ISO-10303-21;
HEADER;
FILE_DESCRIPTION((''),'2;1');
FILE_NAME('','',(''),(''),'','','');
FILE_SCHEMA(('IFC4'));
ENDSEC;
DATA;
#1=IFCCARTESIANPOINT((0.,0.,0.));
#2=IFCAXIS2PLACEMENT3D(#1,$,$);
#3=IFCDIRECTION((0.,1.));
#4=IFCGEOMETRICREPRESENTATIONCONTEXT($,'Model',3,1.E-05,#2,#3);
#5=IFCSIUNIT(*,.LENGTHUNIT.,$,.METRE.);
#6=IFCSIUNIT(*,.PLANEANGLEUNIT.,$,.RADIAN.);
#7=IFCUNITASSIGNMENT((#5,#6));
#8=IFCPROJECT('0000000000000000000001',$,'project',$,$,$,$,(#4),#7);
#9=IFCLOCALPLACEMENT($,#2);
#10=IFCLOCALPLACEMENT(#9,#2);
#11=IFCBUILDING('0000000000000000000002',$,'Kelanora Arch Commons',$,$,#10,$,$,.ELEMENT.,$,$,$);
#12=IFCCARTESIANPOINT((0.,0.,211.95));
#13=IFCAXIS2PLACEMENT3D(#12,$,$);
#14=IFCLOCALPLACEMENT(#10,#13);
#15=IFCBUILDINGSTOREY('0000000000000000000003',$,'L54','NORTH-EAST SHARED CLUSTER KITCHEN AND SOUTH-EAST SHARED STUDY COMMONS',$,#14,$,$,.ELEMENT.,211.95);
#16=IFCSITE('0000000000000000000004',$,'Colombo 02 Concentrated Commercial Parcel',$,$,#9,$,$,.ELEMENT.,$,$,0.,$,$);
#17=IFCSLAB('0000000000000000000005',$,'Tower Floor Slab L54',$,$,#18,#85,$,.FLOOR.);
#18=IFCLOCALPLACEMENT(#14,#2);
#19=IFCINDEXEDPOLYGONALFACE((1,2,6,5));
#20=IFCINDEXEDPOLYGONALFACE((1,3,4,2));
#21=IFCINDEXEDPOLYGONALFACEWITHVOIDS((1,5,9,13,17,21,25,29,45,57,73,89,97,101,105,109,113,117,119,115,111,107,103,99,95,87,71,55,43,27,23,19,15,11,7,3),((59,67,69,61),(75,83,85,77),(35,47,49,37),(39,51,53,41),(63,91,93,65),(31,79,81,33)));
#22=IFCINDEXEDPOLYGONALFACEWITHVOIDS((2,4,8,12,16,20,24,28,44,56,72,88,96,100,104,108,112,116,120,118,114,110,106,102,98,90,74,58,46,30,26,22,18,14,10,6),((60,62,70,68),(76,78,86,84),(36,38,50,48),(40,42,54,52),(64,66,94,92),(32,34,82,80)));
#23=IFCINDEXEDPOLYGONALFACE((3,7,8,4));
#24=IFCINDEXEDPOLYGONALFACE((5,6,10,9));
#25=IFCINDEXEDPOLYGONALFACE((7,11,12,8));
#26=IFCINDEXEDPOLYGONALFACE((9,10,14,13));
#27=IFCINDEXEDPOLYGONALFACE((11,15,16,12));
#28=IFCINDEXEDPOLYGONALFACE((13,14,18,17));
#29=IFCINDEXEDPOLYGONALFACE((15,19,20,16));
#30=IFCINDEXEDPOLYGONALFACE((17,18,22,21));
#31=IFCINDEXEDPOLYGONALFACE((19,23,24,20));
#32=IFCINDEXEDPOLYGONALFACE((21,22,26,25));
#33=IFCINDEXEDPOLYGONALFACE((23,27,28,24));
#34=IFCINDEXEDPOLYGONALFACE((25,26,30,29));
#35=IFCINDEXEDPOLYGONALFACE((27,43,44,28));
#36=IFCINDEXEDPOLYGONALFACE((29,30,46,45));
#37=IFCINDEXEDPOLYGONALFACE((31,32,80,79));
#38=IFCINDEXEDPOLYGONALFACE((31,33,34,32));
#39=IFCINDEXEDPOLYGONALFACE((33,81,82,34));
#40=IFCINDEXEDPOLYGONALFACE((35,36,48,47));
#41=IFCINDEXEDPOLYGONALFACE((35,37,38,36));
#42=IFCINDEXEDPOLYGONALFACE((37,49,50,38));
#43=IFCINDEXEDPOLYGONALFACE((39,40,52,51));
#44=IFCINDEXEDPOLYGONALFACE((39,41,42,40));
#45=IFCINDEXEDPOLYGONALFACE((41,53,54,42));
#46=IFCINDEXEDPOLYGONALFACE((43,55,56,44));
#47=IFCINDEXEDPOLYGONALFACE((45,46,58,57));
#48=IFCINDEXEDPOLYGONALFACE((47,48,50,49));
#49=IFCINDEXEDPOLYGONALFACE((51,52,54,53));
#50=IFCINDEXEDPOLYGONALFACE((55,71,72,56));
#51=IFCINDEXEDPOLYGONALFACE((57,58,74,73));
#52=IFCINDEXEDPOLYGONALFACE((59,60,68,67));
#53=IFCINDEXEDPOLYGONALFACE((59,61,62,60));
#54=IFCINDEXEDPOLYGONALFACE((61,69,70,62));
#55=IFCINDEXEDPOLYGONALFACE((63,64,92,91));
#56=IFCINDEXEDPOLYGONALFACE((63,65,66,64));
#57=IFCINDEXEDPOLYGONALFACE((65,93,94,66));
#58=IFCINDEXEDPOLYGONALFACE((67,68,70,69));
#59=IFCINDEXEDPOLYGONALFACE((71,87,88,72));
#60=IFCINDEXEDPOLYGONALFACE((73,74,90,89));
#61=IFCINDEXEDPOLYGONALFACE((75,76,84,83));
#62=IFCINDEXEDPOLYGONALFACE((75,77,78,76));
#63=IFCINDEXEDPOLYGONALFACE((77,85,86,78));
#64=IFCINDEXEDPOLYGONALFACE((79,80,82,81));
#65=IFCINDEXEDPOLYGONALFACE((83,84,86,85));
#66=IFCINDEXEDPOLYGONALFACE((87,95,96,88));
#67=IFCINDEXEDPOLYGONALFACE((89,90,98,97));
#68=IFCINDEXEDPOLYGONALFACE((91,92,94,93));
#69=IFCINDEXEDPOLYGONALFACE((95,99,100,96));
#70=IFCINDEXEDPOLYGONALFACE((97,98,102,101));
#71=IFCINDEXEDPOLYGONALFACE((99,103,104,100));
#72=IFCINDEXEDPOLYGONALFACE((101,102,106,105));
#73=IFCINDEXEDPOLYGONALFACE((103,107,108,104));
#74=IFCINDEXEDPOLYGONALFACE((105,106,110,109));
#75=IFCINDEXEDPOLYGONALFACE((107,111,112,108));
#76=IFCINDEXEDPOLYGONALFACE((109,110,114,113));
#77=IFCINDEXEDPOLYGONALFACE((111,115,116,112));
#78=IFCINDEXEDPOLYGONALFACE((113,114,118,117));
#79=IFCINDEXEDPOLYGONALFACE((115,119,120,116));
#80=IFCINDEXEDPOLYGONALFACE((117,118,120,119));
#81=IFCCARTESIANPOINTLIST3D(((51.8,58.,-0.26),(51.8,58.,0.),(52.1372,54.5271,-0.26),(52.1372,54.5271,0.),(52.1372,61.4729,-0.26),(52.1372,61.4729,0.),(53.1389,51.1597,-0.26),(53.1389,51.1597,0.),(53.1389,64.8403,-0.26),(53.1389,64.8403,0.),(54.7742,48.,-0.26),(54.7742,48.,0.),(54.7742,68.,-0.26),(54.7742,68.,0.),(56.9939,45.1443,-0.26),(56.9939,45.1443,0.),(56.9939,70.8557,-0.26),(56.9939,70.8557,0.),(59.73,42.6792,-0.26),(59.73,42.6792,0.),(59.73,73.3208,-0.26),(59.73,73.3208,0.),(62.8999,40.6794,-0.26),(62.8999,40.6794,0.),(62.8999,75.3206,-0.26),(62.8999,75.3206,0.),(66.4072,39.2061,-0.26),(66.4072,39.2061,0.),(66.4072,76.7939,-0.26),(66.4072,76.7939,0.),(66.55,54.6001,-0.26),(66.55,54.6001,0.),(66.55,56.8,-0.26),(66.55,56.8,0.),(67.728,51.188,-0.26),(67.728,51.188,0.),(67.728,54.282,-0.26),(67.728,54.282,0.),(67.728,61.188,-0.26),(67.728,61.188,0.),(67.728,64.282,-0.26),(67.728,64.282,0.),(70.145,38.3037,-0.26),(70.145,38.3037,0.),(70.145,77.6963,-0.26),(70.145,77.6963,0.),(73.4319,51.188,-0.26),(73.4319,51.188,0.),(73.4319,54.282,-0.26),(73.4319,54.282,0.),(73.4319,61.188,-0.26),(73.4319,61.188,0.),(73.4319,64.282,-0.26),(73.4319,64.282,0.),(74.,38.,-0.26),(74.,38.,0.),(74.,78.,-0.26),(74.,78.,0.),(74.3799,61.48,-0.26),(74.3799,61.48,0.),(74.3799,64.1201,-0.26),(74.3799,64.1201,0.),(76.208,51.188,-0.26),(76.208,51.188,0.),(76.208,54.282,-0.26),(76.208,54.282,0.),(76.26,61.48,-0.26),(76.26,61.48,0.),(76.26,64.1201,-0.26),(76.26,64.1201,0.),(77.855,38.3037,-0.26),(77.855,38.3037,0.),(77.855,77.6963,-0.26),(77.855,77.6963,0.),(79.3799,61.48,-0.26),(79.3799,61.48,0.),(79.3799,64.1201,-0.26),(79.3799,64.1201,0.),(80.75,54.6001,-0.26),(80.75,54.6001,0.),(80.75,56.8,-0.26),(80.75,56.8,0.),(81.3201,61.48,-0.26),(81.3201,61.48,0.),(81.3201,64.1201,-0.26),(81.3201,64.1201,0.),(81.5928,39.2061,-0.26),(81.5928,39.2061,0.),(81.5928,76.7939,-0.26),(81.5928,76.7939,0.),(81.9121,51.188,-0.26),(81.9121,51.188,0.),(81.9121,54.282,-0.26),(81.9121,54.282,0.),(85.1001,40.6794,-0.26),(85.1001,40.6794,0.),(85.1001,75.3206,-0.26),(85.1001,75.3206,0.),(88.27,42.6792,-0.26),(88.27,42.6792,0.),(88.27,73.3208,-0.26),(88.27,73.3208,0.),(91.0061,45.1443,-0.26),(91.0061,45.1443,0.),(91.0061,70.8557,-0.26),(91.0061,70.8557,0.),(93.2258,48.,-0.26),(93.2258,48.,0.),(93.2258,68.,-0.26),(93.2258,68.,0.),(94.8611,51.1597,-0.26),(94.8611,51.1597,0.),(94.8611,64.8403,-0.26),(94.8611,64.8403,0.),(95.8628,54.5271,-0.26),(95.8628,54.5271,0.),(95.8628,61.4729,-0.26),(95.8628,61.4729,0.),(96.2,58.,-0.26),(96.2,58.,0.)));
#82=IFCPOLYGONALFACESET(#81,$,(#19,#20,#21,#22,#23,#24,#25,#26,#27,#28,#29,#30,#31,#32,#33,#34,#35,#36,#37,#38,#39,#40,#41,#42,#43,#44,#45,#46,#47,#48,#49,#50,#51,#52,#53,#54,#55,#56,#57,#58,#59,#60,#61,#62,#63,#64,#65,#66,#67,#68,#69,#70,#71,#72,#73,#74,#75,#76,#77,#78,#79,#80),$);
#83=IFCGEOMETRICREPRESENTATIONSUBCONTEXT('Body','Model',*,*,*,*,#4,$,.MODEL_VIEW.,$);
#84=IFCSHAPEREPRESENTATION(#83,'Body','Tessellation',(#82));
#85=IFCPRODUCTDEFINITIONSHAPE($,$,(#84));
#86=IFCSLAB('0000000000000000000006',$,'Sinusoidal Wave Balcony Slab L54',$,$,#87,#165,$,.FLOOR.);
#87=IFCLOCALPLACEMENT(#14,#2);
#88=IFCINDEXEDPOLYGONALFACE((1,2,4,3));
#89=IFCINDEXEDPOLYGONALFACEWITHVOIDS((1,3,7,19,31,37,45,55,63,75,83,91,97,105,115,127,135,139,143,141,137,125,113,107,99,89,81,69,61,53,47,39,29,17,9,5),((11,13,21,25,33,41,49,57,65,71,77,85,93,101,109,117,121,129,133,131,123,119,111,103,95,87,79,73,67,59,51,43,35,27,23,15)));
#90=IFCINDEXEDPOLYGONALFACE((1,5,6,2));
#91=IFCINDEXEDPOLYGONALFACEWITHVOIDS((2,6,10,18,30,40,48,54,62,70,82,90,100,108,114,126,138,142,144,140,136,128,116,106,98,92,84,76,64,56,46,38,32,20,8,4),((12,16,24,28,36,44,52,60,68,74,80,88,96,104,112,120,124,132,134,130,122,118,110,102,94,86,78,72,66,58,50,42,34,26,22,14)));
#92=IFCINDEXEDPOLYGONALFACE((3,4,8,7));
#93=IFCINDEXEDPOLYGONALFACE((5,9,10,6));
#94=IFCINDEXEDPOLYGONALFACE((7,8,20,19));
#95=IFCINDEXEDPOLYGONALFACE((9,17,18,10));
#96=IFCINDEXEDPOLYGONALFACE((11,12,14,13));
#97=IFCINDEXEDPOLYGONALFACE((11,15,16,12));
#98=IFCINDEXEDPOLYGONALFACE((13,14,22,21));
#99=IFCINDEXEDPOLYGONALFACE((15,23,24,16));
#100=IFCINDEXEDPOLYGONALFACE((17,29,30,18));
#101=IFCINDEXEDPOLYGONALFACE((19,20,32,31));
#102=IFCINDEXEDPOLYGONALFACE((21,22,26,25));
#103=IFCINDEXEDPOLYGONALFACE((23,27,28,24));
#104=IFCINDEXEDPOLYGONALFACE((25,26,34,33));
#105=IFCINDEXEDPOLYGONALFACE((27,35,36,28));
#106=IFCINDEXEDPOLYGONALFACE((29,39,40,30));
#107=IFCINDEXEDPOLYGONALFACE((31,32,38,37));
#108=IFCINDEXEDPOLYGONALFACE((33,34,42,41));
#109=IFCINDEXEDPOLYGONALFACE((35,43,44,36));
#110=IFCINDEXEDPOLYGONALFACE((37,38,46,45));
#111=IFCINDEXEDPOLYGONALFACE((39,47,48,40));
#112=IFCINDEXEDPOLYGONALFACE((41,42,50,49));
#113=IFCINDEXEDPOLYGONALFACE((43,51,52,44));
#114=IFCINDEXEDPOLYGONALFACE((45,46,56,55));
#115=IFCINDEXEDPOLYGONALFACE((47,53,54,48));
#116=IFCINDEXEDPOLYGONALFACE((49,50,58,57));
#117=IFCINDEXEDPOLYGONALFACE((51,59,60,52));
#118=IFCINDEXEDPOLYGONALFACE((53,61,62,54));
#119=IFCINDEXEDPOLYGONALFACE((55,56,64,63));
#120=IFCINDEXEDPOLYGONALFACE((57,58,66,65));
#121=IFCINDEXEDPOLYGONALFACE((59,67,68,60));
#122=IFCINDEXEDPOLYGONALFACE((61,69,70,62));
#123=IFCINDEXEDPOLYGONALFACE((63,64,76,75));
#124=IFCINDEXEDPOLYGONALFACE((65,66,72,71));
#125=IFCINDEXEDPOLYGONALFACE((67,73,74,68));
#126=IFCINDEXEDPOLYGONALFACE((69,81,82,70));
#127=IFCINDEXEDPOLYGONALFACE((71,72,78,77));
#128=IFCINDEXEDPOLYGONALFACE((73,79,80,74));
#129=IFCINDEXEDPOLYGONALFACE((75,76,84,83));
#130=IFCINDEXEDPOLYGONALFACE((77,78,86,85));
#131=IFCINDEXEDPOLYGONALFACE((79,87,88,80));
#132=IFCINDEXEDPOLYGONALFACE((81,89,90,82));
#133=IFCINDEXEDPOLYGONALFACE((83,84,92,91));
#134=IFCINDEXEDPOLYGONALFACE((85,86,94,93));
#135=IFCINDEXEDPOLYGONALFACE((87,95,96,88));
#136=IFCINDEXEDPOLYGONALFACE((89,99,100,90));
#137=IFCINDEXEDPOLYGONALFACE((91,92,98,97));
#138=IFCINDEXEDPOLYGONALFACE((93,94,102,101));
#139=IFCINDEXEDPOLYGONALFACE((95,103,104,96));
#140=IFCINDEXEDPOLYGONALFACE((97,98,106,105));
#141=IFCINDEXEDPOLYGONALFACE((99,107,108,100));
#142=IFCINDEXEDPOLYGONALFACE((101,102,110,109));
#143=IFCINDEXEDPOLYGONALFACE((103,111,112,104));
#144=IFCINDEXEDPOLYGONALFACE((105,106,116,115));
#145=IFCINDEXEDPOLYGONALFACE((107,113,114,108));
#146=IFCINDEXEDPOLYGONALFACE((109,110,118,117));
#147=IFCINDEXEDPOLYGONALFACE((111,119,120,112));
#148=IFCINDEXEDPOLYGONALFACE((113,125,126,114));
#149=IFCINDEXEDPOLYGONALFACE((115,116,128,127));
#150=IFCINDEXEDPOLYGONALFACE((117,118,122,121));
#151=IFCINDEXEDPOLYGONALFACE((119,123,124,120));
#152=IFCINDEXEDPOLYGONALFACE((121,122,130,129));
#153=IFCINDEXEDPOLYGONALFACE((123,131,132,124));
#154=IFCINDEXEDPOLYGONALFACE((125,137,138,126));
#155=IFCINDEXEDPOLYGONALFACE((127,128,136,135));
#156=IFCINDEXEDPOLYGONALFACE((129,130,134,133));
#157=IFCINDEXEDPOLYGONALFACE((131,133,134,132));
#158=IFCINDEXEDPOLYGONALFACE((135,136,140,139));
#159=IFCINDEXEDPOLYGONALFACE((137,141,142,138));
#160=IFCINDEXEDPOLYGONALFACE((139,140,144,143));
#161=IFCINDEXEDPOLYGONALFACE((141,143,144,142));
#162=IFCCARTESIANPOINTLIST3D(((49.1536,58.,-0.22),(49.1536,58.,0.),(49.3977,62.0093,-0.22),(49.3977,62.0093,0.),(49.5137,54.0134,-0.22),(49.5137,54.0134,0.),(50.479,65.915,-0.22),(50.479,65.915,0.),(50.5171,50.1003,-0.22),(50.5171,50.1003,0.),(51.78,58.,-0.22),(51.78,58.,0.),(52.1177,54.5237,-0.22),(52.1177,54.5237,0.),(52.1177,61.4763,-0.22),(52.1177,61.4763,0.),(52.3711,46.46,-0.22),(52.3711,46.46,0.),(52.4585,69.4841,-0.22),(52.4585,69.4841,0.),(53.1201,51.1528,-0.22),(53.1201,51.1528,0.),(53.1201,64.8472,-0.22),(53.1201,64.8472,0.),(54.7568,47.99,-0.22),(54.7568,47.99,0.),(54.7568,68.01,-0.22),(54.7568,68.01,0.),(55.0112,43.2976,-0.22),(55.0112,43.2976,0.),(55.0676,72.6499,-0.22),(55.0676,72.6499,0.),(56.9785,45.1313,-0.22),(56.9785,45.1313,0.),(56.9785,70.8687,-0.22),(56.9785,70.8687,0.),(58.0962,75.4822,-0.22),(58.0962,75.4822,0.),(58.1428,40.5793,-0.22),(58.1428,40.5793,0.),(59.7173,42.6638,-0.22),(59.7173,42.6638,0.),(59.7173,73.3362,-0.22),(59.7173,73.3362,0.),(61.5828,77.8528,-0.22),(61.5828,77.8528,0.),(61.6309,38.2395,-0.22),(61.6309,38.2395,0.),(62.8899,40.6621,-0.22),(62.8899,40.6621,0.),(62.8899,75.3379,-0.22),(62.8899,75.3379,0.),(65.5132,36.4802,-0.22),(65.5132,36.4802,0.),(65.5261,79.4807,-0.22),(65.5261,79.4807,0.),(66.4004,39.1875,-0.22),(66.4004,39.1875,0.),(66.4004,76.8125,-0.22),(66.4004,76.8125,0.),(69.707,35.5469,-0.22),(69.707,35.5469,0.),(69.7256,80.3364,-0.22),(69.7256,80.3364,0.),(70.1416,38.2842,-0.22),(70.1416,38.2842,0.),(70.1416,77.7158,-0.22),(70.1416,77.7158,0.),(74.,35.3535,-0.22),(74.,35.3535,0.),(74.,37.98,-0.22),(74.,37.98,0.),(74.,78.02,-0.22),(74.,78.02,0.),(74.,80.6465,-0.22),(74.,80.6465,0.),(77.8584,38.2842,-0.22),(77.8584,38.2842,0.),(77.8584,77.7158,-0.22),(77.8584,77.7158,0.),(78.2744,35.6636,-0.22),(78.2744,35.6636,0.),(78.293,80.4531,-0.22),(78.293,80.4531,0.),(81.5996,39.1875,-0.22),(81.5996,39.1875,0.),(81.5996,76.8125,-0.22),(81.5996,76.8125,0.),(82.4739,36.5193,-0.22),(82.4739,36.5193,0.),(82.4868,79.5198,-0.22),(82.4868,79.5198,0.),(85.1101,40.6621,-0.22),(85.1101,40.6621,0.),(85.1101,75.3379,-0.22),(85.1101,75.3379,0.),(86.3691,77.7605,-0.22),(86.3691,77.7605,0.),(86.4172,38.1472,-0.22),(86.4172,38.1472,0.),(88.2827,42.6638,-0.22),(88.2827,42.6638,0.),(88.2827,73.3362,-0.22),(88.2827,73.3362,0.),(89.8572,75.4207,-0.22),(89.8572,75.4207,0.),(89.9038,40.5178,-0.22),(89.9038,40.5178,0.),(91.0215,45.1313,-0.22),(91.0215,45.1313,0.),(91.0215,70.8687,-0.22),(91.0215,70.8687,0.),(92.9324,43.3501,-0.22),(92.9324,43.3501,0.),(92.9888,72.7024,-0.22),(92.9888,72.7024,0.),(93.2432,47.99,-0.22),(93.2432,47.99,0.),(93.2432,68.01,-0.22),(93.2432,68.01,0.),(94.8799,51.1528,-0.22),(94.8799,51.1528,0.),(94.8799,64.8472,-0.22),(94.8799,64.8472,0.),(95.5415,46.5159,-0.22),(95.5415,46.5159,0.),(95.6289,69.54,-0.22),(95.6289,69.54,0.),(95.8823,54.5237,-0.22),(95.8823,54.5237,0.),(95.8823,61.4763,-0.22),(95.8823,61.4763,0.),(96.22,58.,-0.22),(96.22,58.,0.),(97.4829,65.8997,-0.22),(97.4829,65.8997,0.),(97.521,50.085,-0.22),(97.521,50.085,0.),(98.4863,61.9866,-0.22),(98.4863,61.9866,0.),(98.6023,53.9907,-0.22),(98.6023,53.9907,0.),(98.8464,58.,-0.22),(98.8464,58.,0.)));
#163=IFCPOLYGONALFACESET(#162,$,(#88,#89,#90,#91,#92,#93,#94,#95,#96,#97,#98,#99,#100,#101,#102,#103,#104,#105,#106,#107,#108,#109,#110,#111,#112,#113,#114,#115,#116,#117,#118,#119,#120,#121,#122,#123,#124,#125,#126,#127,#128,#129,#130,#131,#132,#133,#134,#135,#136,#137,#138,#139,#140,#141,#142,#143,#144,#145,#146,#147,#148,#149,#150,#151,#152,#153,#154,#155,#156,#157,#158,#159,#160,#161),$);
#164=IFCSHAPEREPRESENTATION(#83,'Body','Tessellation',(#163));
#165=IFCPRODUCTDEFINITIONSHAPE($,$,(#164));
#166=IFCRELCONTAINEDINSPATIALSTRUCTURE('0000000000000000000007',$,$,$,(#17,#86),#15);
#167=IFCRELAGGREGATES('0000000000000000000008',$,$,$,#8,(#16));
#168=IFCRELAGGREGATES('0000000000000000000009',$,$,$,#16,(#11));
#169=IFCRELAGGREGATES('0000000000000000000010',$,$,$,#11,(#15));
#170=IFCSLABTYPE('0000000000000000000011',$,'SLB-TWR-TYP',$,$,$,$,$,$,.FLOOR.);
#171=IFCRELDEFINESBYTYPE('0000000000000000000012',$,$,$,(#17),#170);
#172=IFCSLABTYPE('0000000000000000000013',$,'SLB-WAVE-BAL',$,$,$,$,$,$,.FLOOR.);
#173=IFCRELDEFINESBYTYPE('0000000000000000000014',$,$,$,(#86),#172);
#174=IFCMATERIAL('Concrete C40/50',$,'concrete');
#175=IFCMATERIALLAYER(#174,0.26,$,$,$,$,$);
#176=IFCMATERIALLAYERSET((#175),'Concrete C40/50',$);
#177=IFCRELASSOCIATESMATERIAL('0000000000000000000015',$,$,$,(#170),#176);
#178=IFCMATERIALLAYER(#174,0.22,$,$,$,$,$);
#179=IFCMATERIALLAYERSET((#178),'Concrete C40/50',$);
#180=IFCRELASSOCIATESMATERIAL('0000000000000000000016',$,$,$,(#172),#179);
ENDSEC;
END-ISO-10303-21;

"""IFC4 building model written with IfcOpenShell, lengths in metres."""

from ifc_helpers import new_model, si_unit, direction, frame, origin, place, context, subcontext, project, spatial, polyline, outline, extrude, material, layer, layer_set, type_object, element, save


model = new_model("IFC4")

# Units and contexts
model_context = context("Model", 3, precision=1e-05, world=origin(), true_north=direction((0.0, 1.0)))
body_context = subcontext(model_context, "Body", "Model", "MODEL_VIEW")
ifc_project = project(units=[si_unit("LENGTHUNIT", "METRE"), si_unit("PLANEANGLEUNIT", "RADIAN")], contexts=[model_context])

# Site, building, storey
site_placement = place(None, origin())
site = spatial("IfcSite", under=ifc_project, at=site_placement, Name="Colombo 02 Concentrated Commercial Parcel", CompositionType="ELEMENT", RefElevation=0.0)
building_placement = place(site_placement, origin())
building = spatial("IfcBuilding", under=site, at=building_placement, Name="Kelanora Arch Commons", CompositionType="ELEMENT")
storey_placement = place(building_placement, frame((0.0, 0.0, 211.95)))
storey = spatial("IfcBuildingStorey", under=building, at=storey_placement, Name="L54", Description="NORTH-EAST SHARED CLUSTER KITCHEN AND SOUTH-EAST SHARED STUDY COMMONS", CompositionType="ELEMENT", Elevation=211.95)

# Shared definitions
ifc_material_1 = material(Name="Concrete C40/50", Category="concrete")

# Slabs
ifc_layer_1 = layer(ifc_material_1, 0.26)
ifc_layer_set_1 = layer_set([ifc_layer_1], Name="Concrete C40/50")
slab_type_1 = type_object("IfcSlabType", Name="SLB-TWR-TYP", PredefinedType="FLOOR", material=ifc_layer_set_1)
slab_1_placement = place(storey_placement, frame((0.0, 0.0, -0.26)))
element("IfcSlab", 1, at=slab_1_placement, inside=storey, type_object=slab_type_1, Name="Tower Floor Slab L54", PredefinedType="FLOOR", context=body_context, shape_type="SweptSolid", body=[
    extrude(outline(polyline([(96.2, 58.0), (95.8628, 61.4729), (94.8611, 64.8403), (93.2258, 68.0), (91.0061, 70.8557), (88.27, 73.3208), (85.1001, 75.3206), (81.5928, 76.7939), (77.855, 77.6963), (74.0, 78.0), (70.145, 77.6963), (66.4072, 76.7939), (62.8999, 75.3206), (59.73, 73.3208), (56.9939, 70.8557), (54.7742, 68.0), (53.1389, 64.8403), (52.1372, 61.4729), (51.8, 58.0), (52.1372, 54.5271), (53.1389, 51.1597), (54.7742, 48.0), (56.9939, 45.1443), (59.73, 42.6792), (62.8999, 40.6794), (66.4072, 39.2061), (70.145, 38.3037), (74.0, 38.0), (77.855, 38.3037), (81.5928, 39.2061), (85.1001, 40.6794), (88.27, 42.6792), (91.0061, 45.1443), (93.2258, 48.0), (94.8611, 51.1597), (95.8628, 54.5271), (96.2, 58.0)]), holes=[polyline([(73.4319, 51.188), (67.728, 51.188), (67.728, 54.282), (73.4319, 54.282), (73.4319, 51.188)]), polyline([(76.208, 51.188), (76.208, 54.282), (81.9121, 54.282), (81.9121, 51.188), (76.208, 51.188)]), polyline([(66.55, 54.6001), (66.55, 56.8), (80.75, 56.8), (80.75, 54.6001), (66.55, 54.6001)]), polyline([(73.4319, 61.188), (67.728, 61.188), (67.728, 64.282), (73.4319, 64.282), (73.4319, 61.188)]), polyline([(74.3799, 61.48), (74.3799, 64.1201), (76.26, 64.1201), (76.26, 61.48), (74.3799, 61.48)]), polyline([(79.3799, 61.48), (79.3799, 64.1201), (81.3201, 64.1201), (81.3201, 61.48), (79.3799, 61.48)])]), origin(), (0.0, 0.0, 1.0), 0.26),
])
ifc_layer_2 = layer(ifc_material_1, 0.22)
ifc_layer_set_2 = layer_set([ifc_layer_2], Name="Concrete C40/50")
slab_type_2 = type_object("IfcSlabType", Name="SLB-WAVE-BAL", PredefinedType="FLOOR", material=ifc_layer_set_2)
slab_2_placement = place(storey_placement, frame((0.0, 0.0, -0.22)))
element("IfcSlab", 2, at=slab_2_placement, inside=storey, type_object=slab_type_2, Name="Sinusoidal Wave Balcony Slab L54", PredefinedType="FLOOR", context=body_context, shape_type="SweptSolid", body=[
    extrude(outline(polyline([(98.8464, 58.0), (98.4863, 61.9866), (97.4829, 65.8997), (95.6289, 69.54), (92.9888, 72.7024), (89.8572, 75.4207), (86.3691, 77.7605), (82.4868, 79.5198), (78.293, 80.4531), (74.0, 80.6465), (69.7256, 80.3364), (65.5261, 79.4807), (61.5828, 77.8528), (58.0962, 75.4822), (55.0676, 72.6499), (52.4585, 69.4841), (50.479, 65.915), (49.3977, 62.0093), (49.1536, 58.0), (49.5137, 54.0134), (50.5171, 50.1003), (52.3711, 46.46), (55.0112, 43.2976), (58.1428, 40.5793), (61.6309, 38.2395), (65.5132, 36.4802), (69.707, 35.5469), (74.0, 35.3535), (78.2744, 35.6636), (82.4739, 36.5193), (86.4172, 38.1472), (89.9038, 40.5178), (92.9324, 43.3501), (95.5415, 46.5159), (97.521, 50.085), (98.6023, 53.9907), (98.8464, 58.0)]), holes=[polyline([(95.8823, 54.5237), (94.8799, 51.1528), (93.2432, 47.99), (91.0215, 45.1313), (88.2827, 42.6638), (85.1101, 40.6621), (81.5996, 39.1875), (77.8584, 38.2842), (74.0, 37.98), (70.1416, 38.2842), (66.4004, 39.1875), (62.8899, 40.6621), (59.7173, 42.6638), (56.9785, 45.1313), (54.7568, 47.99), (53.1201, 51.1528), (52.1177, 54.5237), (51.78, 58.0), (52.1177, 61.4763), (53.1201, 64.8472), (54.7568, 68.01), (56.9785, 70.8687), (59.7173, 73.3362), (62.8899, 75.3379), (66.4004, 76.8125), (70.1416, 77.7158), (74.0, 78.02), (77.8584, 77.7158), (81.5996, 76.8125), (85.1101, 75.3379), (88.2827, 73.3362), (91.0215, 70.8687), (93.2432, 68.01), (94.8799, 64.8472), (95.8823, 61.4763), (96.22, 58.0), (95.8823, 54.5237)])]), origin(), (0.0, 0.0, 1.0), 0.22),
])

save(model, "model.ifc")
